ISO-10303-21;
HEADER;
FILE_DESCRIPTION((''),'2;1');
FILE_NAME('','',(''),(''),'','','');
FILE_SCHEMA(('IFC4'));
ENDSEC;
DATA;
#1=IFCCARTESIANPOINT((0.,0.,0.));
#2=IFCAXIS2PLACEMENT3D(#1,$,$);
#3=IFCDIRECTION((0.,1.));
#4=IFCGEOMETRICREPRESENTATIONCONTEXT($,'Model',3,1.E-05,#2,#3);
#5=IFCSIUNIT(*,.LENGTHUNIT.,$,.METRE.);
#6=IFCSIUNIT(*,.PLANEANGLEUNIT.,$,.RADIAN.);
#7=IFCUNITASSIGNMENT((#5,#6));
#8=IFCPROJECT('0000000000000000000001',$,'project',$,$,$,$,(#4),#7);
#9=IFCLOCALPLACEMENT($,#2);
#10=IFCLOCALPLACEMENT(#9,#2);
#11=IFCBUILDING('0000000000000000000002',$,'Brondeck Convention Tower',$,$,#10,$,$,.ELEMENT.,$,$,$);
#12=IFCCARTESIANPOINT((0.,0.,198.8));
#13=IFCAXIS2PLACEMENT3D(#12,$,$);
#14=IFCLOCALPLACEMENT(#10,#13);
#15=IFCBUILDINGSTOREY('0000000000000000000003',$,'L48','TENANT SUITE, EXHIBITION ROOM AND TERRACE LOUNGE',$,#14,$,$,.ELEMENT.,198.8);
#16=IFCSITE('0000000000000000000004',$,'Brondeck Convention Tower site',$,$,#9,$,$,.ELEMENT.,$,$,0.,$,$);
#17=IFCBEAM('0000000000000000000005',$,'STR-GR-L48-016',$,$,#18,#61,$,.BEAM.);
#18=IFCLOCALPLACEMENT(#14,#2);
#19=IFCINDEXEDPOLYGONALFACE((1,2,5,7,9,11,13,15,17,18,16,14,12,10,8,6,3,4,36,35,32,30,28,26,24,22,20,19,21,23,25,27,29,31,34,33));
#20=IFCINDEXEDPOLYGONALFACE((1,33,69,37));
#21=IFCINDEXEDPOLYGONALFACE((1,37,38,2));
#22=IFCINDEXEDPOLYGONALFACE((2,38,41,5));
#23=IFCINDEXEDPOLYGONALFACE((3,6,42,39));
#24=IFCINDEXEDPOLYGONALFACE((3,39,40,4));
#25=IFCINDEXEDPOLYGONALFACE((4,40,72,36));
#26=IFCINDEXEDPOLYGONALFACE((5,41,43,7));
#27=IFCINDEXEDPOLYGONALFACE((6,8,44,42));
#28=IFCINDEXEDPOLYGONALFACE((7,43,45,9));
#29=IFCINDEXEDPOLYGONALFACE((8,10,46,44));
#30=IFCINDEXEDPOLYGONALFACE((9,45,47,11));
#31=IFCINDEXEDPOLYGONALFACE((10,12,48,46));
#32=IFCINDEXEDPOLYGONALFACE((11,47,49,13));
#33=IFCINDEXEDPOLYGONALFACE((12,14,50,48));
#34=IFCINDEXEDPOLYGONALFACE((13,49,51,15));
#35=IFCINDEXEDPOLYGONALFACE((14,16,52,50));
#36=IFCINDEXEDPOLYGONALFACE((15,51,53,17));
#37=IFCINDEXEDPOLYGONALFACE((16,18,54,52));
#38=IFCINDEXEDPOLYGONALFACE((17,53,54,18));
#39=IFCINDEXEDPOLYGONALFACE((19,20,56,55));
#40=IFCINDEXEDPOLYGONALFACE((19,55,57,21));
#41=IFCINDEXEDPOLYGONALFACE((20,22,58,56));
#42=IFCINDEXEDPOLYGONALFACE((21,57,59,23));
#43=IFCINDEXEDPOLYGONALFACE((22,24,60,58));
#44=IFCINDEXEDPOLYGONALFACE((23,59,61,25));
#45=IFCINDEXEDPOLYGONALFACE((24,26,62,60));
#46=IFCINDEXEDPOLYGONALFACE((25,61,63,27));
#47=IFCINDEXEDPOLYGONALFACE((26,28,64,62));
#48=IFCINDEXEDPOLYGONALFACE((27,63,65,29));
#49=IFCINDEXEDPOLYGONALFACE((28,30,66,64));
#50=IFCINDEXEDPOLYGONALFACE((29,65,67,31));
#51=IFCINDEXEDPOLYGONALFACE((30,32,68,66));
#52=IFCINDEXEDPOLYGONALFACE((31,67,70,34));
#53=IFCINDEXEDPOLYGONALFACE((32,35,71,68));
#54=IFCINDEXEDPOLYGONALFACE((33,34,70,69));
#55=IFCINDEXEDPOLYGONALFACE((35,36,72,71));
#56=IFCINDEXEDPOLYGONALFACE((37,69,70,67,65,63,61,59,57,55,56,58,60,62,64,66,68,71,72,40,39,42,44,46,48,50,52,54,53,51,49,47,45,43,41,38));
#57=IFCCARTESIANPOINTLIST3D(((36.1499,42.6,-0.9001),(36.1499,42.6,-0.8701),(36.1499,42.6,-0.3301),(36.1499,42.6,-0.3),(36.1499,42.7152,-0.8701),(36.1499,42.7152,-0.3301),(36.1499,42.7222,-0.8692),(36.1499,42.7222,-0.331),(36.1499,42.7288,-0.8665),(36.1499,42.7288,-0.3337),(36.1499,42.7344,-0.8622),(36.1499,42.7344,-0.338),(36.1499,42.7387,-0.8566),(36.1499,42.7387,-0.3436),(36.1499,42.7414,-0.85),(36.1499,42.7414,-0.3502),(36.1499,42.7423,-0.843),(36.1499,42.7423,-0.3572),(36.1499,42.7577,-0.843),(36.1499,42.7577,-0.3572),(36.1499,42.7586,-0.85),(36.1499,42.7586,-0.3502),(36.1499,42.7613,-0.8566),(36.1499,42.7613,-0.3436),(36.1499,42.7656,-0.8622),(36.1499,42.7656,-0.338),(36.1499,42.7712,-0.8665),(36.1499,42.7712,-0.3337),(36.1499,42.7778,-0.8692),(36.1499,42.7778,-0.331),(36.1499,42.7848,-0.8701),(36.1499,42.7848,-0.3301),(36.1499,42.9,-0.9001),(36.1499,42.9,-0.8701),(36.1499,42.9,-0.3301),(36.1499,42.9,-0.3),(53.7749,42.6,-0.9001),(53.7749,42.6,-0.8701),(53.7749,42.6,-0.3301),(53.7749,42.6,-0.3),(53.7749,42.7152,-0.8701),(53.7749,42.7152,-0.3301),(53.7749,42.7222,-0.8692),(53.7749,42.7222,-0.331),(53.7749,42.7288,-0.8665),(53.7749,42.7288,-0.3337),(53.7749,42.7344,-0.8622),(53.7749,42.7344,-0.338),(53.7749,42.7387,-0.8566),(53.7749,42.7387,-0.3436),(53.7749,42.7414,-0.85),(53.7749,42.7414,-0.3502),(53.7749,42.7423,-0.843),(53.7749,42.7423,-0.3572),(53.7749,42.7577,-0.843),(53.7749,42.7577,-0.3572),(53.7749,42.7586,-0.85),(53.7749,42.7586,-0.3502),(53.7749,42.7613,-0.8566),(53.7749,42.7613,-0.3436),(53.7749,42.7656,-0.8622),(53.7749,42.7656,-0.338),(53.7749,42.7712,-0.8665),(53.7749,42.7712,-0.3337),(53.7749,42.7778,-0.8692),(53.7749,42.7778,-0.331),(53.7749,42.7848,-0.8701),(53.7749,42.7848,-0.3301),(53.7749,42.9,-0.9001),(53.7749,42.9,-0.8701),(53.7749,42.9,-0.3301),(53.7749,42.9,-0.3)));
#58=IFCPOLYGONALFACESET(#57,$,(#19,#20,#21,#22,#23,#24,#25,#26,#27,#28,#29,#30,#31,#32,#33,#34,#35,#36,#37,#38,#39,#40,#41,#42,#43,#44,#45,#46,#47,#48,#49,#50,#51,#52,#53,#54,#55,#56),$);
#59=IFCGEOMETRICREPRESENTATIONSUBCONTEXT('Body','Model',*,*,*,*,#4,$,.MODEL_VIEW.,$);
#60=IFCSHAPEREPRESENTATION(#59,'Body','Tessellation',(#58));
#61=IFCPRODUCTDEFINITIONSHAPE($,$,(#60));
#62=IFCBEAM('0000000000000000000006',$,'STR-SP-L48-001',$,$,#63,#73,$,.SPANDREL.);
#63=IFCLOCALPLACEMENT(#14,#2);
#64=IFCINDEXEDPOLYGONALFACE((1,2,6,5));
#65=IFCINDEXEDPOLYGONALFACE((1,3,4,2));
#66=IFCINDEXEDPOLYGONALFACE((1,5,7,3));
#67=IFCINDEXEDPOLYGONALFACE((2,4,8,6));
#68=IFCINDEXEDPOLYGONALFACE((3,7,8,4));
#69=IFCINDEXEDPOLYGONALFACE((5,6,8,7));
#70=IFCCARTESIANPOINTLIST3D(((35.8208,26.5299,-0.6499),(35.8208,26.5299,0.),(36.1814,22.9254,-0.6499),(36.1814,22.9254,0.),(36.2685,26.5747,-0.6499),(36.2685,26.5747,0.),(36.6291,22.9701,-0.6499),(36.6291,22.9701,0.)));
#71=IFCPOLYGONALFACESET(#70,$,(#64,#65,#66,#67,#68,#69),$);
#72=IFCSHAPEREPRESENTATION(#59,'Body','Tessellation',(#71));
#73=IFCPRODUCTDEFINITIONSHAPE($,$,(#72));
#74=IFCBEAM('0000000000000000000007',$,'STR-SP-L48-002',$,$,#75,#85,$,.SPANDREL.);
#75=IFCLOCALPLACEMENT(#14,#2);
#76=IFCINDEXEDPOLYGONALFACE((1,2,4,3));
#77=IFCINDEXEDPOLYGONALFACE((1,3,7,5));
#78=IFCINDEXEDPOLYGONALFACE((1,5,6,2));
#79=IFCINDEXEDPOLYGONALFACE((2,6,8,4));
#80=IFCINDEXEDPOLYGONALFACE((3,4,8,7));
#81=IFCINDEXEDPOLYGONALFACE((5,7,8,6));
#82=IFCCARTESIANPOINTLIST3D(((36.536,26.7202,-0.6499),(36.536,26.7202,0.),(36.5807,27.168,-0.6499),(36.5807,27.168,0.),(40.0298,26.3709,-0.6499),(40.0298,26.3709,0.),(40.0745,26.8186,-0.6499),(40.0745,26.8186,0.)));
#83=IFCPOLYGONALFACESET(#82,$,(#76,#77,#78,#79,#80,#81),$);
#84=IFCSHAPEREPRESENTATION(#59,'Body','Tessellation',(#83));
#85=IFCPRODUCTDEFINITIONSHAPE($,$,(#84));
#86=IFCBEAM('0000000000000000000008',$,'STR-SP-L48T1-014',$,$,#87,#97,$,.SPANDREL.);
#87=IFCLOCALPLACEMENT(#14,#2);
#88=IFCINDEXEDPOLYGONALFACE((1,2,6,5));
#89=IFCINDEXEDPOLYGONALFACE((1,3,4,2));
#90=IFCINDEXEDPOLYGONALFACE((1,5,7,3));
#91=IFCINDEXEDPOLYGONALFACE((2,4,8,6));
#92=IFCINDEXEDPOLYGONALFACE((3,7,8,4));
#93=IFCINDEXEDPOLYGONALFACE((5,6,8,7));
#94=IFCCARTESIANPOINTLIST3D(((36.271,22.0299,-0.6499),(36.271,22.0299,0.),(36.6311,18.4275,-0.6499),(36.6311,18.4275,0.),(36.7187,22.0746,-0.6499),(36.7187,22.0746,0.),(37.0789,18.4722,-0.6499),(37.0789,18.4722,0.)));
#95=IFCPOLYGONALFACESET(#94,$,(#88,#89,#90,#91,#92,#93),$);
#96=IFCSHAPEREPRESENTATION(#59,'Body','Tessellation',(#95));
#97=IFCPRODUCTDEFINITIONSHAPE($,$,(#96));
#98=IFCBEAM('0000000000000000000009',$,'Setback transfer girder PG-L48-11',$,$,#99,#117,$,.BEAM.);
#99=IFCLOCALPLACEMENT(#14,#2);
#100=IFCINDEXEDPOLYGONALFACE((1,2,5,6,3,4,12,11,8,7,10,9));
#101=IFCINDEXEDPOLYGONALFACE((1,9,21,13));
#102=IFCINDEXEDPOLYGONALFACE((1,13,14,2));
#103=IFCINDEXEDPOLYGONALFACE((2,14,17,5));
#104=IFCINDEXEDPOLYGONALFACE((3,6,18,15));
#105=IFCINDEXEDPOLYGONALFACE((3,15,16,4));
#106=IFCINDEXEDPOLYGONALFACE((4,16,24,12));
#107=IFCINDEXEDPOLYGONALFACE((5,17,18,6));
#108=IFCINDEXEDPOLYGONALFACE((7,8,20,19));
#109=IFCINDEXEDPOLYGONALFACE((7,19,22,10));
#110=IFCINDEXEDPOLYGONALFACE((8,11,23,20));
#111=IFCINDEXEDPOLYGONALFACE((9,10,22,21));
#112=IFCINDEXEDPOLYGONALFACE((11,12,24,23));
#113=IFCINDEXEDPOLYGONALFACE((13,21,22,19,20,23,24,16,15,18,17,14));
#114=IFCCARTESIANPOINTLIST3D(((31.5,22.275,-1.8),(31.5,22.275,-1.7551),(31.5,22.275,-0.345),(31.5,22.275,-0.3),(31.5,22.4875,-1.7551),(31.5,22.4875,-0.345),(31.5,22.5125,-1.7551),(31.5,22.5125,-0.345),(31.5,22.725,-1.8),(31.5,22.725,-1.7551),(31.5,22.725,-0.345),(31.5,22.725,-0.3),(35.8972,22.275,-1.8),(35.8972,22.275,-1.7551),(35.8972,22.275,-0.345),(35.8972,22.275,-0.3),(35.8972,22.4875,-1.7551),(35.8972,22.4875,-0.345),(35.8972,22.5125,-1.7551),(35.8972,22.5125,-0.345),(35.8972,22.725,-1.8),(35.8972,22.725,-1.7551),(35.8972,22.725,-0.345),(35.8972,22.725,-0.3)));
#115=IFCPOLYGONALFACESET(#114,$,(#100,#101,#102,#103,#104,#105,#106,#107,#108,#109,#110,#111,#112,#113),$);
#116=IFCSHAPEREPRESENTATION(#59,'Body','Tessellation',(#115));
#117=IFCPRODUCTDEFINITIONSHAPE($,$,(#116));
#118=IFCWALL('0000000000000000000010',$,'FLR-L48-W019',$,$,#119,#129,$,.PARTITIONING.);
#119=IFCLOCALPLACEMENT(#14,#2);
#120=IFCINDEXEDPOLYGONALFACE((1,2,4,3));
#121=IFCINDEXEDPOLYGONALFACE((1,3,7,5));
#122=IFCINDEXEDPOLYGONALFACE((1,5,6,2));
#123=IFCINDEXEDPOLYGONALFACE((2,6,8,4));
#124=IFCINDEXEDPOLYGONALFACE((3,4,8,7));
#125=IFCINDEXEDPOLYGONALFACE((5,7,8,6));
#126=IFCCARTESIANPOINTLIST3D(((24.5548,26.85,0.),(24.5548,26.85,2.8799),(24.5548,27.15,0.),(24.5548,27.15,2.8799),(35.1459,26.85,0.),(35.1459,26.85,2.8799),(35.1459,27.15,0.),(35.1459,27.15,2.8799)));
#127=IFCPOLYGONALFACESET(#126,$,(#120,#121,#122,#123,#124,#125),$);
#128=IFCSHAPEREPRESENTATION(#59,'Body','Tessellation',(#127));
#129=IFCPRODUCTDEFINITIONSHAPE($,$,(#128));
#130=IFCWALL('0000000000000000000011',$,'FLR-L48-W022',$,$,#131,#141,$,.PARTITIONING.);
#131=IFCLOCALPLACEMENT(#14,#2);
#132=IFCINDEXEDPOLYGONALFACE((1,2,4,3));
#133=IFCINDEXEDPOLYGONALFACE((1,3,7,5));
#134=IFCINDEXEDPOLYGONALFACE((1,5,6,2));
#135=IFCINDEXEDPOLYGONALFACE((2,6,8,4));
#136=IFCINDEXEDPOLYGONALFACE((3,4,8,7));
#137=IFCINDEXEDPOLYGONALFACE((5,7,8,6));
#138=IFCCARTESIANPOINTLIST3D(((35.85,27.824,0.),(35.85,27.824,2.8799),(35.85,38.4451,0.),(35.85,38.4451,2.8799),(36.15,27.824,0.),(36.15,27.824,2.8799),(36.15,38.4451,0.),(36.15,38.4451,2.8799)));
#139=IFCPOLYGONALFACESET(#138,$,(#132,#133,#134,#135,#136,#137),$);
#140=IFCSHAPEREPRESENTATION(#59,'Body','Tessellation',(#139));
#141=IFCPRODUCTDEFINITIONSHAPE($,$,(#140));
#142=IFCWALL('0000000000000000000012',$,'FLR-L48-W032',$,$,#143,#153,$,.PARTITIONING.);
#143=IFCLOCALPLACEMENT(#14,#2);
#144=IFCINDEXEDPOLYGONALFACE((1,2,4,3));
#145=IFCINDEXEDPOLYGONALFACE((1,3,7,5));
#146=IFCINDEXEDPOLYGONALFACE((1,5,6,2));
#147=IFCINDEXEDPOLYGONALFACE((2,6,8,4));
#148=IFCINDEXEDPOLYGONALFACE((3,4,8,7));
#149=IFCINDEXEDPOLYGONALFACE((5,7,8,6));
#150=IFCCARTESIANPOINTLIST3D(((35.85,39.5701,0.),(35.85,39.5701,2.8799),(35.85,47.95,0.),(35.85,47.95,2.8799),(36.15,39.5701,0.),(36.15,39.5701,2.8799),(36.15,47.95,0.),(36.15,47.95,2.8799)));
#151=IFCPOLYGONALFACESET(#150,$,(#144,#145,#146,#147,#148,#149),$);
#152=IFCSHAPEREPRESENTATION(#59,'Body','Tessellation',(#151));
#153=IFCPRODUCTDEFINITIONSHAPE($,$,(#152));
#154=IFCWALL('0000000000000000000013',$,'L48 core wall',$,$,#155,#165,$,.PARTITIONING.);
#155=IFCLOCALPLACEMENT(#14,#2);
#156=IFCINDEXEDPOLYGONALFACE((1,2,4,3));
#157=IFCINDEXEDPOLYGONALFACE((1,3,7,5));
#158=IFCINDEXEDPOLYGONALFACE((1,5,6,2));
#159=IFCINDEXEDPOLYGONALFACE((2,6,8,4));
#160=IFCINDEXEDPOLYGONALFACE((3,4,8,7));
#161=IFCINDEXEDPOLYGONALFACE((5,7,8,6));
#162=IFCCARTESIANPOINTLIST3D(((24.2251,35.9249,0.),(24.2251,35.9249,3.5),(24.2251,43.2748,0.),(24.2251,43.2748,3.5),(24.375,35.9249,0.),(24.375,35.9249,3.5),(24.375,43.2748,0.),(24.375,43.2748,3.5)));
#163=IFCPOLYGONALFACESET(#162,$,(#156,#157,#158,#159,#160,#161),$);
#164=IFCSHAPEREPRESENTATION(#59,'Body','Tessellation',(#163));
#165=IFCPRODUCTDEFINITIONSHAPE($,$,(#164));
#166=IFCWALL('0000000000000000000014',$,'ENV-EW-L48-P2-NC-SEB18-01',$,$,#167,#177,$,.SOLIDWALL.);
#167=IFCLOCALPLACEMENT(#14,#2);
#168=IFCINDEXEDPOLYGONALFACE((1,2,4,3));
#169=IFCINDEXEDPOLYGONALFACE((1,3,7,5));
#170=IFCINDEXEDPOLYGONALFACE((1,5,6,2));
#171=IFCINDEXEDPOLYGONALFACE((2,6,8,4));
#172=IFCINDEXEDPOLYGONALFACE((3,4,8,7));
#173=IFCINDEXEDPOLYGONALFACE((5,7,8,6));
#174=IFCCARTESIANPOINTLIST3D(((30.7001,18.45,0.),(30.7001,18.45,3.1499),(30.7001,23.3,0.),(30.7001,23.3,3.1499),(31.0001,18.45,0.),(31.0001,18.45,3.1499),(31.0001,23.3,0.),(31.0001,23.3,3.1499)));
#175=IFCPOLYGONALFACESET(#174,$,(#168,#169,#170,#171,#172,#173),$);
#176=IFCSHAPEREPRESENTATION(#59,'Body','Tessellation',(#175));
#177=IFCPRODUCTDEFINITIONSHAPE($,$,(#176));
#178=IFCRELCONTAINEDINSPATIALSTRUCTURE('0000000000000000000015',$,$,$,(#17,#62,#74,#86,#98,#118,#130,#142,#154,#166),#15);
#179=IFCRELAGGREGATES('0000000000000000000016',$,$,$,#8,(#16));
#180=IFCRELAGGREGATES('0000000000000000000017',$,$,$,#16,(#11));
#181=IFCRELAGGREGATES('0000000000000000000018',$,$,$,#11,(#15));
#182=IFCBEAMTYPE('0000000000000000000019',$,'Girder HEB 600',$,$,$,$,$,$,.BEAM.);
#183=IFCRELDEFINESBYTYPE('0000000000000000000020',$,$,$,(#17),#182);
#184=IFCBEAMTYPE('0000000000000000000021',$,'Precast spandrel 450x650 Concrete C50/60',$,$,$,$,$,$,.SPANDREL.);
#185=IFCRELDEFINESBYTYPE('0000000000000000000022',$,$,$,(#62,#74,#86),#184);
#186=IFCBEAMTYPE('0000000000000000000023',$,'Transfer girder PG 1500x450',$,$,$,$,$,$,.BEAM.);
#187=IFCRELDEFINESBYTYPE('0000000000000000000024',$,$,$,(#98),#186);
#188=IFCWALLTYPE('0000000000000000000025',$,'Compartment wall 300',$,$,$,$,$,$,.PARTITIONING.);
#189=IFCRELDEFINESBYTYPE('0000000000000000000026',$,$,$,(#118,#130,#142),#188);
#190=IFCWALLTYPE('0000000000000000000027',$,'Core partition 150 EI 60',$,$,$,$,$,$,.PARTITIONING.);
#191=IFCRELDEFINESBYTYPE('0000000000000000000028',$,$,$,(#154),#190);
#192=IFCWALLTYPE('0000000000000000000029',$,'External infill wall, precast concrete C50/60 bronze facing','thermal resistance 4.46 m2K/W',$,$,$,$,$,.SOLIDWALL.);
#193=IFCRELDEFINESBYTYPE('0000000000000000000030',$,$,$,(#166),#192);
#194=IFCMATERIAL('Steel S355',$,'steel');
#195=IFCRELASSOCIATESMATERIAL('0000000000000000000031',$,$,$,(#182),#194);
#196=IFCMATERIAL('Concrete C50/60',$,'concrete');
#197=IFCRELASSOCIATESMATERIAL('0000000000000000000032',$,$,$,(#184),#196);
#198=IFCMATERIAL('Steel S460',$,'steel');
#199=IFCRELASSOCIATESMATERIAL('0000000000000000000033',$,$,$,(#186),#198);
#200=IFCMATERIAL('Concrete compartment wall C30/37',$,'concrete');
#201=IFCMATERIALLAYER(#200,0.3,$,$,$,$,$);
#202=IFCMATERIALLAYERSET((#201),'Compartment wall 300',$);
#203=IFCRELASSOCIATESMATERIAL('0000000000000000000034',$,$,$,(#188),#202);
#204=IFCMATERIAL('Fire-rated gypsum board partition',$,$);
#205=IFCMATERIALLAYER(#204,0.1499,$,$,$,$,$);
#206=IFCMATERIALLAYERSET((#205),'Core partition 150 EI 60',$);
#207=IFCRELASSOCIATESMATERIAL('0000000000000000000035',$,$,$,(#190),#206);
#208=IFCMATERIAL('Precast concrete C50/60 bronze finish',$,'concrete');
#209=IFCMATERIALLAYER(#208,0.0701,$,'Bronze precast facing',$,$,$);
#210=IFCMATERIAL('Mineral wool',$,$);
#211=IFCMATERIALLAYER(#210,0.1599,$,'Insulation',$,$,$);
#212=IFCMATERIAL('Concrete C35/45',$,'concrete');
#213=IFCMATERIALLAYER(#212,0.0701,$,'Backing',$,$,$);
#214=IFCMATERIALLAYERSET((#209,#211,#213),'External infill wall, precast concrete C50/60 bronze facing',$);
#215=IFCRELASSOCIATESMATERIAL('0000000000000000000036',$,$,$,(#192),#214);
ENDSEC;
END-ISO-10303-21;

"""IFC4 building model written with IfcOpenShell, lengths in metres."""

from ifc_helpers import new_model, si_unit, direction, frame, frame_2d, origin, origin_2d, place, context, subcontext, project, spatial, rectangle, i_section, extrude, material, layer, layer_set, material_profile, profile_set, type_object, element, save


model = new_model("IFC4")

# Units and contexts
model_context = context("Model", 3, precision=1e-05, world=origin(), true_north=direction((0.0, 1.0)))
body_context = subcontext(model_context, "Body", "Model", "MODEL_VIEW")
ifc_project = project(units=[si_unit("LENGTHUNIT", "METRE"), si_unit("PLANEANGLEUNIT", "RADIAN")], contexts=[model_context])

# Site, building, storey
site_placement = place(None, origin())
site = spatial("IfcSite", under=ifc_project, at=site_placement, Name="Brondeck Convention Tower site", CompositionType="ELEMENT", RefElevation=0.0)
building_placement = place(site_placement, origin())
building = spatial("IfcBuilding", under=site, at=building_placement, Name="Brondeck Convention Tower", CompositionType="ELEMENT")
storey_placement = place(building_placement, frame((0.0, 0.0, 198.8)))
storey = spatial("IfcBuildingStorey", under=building, at=storey_placement, Name="L48", Description="TENANT SUITE, EXHIBITION ROOM AND TERRACE LOUNGE", CompositionType="ELEMENT", Elevation=198.8)

# Shared definitions
ifc_material_1 = material(Name="Concrete C50/60", Category="concrete")

# Beams
ifc_material_2 = material(Name="Steel S355", Category="steel")
ifc_material_profile_1 = material_profile(ifc_material_2, i_section(OverallWidth=0.3, OverallDepth=0.6001, WebThickness=0.0154, FlangeThickness=0.03, FilletRadius=0.0271, at=origin_2d()), Name="HEB 600")
ifc_profile_set_1 = profile_set([ifc_material_profile_1], Name="Steel S355")
beam_type_1 = type_object("IfcBeamType", Name="Girder HEB 600", PredefinedType="BEAM", material=ifc_profile_set_1)
beam_1_placement = place(storey_placement, frame((36.1499, 42.75, -0.6001), z_axis=(1.0, 0.0, 0.0), x_axis=(0.0, 1.0, 0.0)))
element("IfcBeam", 1, at=beam_1_placement, inside=storey, type_object=beam_type_1, Name="STR-GR-L48-016", PredefinedType="BEAM", context=body_context, shape_type="SweptSolid", body=[
    extrude(i_section(OverallWidth=0.3, OverallDepth=0.6001, WebThickness=0.0154, FlangeThickness=0.03, FilletRadius=0.0271, at=origin_2d()), origin(), (0.0, 0.0, 1.0), 17.625),
])
ifc_material_profile_2 = material_profile(ifc_material_1, rectangle(XDim=0.45, YDim=0.6499, at=origin_2d()), Name="Precast spandrel 450x650 Concrete C50/60")
ifc_profile_set_2 = profile_set([ifc_material_profile_2], Name="Concrete C50/60")
beam_type_2 = type_object("IfcBeamType", Name="Precast spandrel 450x650 Concrete C50/60", PredefinedType="SPANDREL", material=ifc_profile_set_2)
beam_2_placement = place(storey_placement, frame((36.4053, 22.9478, -0.325), z_axis=(-0.099544, 0.995033, 0.0), x_axis=(-0.995033, -0.099544, 0.0)))
element("IfcBeam", 2, at=beam_2_placement, inside=storey, type_object=beam_type_2, Name="STR-SP-L48-001", PredefinedType="SPANDREL", context=body_context, shape_type="SweptSolid", body=[
    extrude(rectangle(XDim=0.45, YDim=0.6499, at=origin_2d()), origin(), (0.0, 0.0, 1.0), 3.6226),
])
beam_3_placement = place(storey_placement, frame((36.5583, 26.9441, -0.325), z_axis=(0.995038, -0.099497, 0.0), x_axis=(0.099497, 0.995038, 0.0)))
element("IfcBeam", 3, at=beam_3_placement, inside=storey, type_object=beam_type_2, Name="STR-SP-L48-002", PredefinedType="SPANDREL", context=body_context, shape_type="SweptSolid", body=[
    extrude(rectangle(XDim=0.45, YDim=0.6499, at=origin_2d()), origin(), (0.0, 0.0, 1.0), 3.5112),
])
beam_4_placement = place(storey_placement, frame((36.4949, 22.0522, -0.325), z_axis=(0.09947, -0.995041, 0.0), x_axis=(0.995041, 0.09947, 0.0)))
element("IfcBeam", 4, at=beam_4_placement, inside=storey, type_object=beam_type_2, Name="STR-SP-L48T1-014", PredefinedType="SPANDREL", context=body_context, shape_type="SweptSolid", body=[
    extrude(rectangle(XDim=0.45, YDim=0.6499, at=origin_2d()), origin(), (0.0, 0.0, 1.0), 3.6204),
])
ifc_material_3 = material(Name="Steel S460", Category="steel")
ifc_material_profile_3 = material_profile(ifc_material_3, i_section(OverallWidth=0.45, OverallDepth=1.5, WebThickness=0.0249, FlangeThickness=0.0449, at=origin_2d()), Name="PG 1500x450")
ifc_profile_set_3 = profile_set([ifc_material_profile_3], Name="Steel S460")
beam_type_3 = type_object("IfcBeamType", Name="Transfer girder PG 1500x450", PredefinedType="BEAM", material=ifc_profile_set_3)
beam_5_placement = place(storey_placement, frame((31.5, 22.5, -1.05), z_axis=(1.0, 0.0, 0.0), x_axis=(0.0, 1.0, 0.0)))
element("IfcBeam", 5, at=beam_5_placement, inside=storey, type_object=beam_type_3, Name="Setback transfer girder PG-L48-11", PredefinedType="BEAM", context=body_context, shape_type="SweptSolid", body=[
    extrude(i_section(OverallWidth=0.45, OverallDepth=1.5, WebThickness=0.0249, FlangeThickness=0.0449, at=origin_2d()), origin(), (0.0, 0.0, 1.0), 4.3972),
])

# Walls
ifc_material_4 = material(Name="Concrete compartment wall C30/37", Category="concrete")
ifc_layer_1 = layer(ifc_material_4, 0.3)
ifc_layer_set_1 = layer_set([ifc_layer_1], Name="Compartment wall 300")
wall_type_1 = type_object("IfcWallType", Name="Compartment wall 300", PredefinedType="PARTITIONING", material=ifc_layer_set_1)
wall_1_placement = place(storey_placement, frame((24.5549, 27.0, 0.0), z_axis=(0.0, 0.0, 1.0), x_axis=(1.0, 0.0, 0.0)))
element("IfcWall", 6, at=wall_1_placement, inside=storey, type_object=wall_type_1, Name="FLR-L48-W019", PredefinedType="PARTITIONING", context=body_context, shape_type="SweptSolid", body=[
    extrude(rectangle(XDim=10.5911, YDim=0.3, at=frame_2d((5.2954, 0.0))), origin(), (0.0, 0.0, 1.0), 2.8799),
])
wall_2_placement = place(storey_placement, frame((36.0, 27.824, 0.0), z_axis=(0.0, 0.0, 1.0), x_axis=(0.0, 1.0, 0.0)))
element("IfcWall", 7, at=wall_2_placement, inside=storey, type_object=wall_type_1, Name="FLR-L48-W022", PredefinedType="PARTITIONING", context=body_context, shape_type="SweptSolid", body=[
    extrude(rectangle(XDim=10.6211, YDim=0.3, at=frame_2d((5.3105, 0.0))), origin(), (0.0, 0.0, 1.0), 2.8799),
])
wall_3_placement = place(storey_placement, frame((36.0, 39.5701, 0.0), z_axis=(0.0, 0.0, 1.0), x_axis=(0.0, 1.0, 0.0)))
element("IfcWall", 8, at=wall_3_placement, inside=storey, type_object=wall_type_1, Name="FLR-L48-W032", PredefinedType="PARTITIONING", context=body_context, shape_type="SweptSolid", body=[
    extrude(rectangle(XDim=8.3799, YDim=0.3, at=frame_2d((4.1899, 0.0))), origin(), (0.0, 0.0, 1.0), 2.8799),
])
ifc_material_5 = material(Name="Fire-rated gypsum board partition")
ifc_layer_2 = layer(ifc_material_5, 0.1499)
ifc_layer_set_2 = layer_set([ifc_layer_2], Name="Core partition 150 EI 60")
wall_type_2 = type_object("IfcWallType", Name="Core partition 150 EI 60", PredefinedType="PARTITIONING", material=ifc_layer_set_2)
wall_4_placement = place(storey_placement, frame((24.3, 35.925, 0.0), z_axis=(0.0, 0.0, 1.0), x_axis=(0.0, 1.0, 0.0)))
element("IfcWall", 9, at=wall_4_placement, inside=storey, type_object=wall_type_2, Name="L48 core wall", PredefinedType="PARTITIONING", context=body_context, shape_type="SweptSolid", body=[
    extrude(rectangle(XDim=7.3499, YDim=0.1499, at=frame_2d((3.6748, 0.0))), origin(), (0.0, 0.0, 1.0), 3.5),
])
ifc_material_6 = material(Name="Precast concrete C50/60 bronze finish", Category="concrete")
ifc_layer_3 = layer(ifc_material_6, 0.0701, Name="Bronze precast facing")
ifc_material_7 = material(Name="Mineral wool")
ifc_layer_4 = layer(ifc_material_7, 0.1599, Name="Insulation")
ifc_material_8 = material(Name="Concrete C35/45", Category="concrete")
ifc_layer_5 = layer(ifc_material_8, 0.0701, Name="Backing")
ifc_layer_set_3 = layer_set([ifc_layer_3, ifc_layer_4, ifc_layer_5], Name="External infill wall, precast concrete C50/60 bronze facing")
wall_type_3 = type_object("IfcWallType", Name="External infill wall, precast concrete C50/60 bronze facing", Description="thermal resistance 4.46 m2K/W", PredefinedType="SOLIDWALL", material=ifc_layer_set_3)
wall_5_placement = place(storey_placement, frame((30.8501, 23.3, 0.0), z_axis=(0.0, 0.0, 1.0), x_axis=(0.0, -1.0, 0.0)))
element("IfcWall", 10, at=wall_5_placement, inside=storey, type_object=wall_type_3, Name="ENV-EW-L48-P2-NC-SEB18-01", PredefinedType="SOLIDWALL", context=body_context, shape_type="SweptSolid", body=[
    extrude(rectangle(XDim=4.8501, YDim=0.3, at=frame_2d((2.425, 0.0))), origin(), (0.0, 0.0, 1.0), 3.1499),
])

save(model, "model.ifc")
